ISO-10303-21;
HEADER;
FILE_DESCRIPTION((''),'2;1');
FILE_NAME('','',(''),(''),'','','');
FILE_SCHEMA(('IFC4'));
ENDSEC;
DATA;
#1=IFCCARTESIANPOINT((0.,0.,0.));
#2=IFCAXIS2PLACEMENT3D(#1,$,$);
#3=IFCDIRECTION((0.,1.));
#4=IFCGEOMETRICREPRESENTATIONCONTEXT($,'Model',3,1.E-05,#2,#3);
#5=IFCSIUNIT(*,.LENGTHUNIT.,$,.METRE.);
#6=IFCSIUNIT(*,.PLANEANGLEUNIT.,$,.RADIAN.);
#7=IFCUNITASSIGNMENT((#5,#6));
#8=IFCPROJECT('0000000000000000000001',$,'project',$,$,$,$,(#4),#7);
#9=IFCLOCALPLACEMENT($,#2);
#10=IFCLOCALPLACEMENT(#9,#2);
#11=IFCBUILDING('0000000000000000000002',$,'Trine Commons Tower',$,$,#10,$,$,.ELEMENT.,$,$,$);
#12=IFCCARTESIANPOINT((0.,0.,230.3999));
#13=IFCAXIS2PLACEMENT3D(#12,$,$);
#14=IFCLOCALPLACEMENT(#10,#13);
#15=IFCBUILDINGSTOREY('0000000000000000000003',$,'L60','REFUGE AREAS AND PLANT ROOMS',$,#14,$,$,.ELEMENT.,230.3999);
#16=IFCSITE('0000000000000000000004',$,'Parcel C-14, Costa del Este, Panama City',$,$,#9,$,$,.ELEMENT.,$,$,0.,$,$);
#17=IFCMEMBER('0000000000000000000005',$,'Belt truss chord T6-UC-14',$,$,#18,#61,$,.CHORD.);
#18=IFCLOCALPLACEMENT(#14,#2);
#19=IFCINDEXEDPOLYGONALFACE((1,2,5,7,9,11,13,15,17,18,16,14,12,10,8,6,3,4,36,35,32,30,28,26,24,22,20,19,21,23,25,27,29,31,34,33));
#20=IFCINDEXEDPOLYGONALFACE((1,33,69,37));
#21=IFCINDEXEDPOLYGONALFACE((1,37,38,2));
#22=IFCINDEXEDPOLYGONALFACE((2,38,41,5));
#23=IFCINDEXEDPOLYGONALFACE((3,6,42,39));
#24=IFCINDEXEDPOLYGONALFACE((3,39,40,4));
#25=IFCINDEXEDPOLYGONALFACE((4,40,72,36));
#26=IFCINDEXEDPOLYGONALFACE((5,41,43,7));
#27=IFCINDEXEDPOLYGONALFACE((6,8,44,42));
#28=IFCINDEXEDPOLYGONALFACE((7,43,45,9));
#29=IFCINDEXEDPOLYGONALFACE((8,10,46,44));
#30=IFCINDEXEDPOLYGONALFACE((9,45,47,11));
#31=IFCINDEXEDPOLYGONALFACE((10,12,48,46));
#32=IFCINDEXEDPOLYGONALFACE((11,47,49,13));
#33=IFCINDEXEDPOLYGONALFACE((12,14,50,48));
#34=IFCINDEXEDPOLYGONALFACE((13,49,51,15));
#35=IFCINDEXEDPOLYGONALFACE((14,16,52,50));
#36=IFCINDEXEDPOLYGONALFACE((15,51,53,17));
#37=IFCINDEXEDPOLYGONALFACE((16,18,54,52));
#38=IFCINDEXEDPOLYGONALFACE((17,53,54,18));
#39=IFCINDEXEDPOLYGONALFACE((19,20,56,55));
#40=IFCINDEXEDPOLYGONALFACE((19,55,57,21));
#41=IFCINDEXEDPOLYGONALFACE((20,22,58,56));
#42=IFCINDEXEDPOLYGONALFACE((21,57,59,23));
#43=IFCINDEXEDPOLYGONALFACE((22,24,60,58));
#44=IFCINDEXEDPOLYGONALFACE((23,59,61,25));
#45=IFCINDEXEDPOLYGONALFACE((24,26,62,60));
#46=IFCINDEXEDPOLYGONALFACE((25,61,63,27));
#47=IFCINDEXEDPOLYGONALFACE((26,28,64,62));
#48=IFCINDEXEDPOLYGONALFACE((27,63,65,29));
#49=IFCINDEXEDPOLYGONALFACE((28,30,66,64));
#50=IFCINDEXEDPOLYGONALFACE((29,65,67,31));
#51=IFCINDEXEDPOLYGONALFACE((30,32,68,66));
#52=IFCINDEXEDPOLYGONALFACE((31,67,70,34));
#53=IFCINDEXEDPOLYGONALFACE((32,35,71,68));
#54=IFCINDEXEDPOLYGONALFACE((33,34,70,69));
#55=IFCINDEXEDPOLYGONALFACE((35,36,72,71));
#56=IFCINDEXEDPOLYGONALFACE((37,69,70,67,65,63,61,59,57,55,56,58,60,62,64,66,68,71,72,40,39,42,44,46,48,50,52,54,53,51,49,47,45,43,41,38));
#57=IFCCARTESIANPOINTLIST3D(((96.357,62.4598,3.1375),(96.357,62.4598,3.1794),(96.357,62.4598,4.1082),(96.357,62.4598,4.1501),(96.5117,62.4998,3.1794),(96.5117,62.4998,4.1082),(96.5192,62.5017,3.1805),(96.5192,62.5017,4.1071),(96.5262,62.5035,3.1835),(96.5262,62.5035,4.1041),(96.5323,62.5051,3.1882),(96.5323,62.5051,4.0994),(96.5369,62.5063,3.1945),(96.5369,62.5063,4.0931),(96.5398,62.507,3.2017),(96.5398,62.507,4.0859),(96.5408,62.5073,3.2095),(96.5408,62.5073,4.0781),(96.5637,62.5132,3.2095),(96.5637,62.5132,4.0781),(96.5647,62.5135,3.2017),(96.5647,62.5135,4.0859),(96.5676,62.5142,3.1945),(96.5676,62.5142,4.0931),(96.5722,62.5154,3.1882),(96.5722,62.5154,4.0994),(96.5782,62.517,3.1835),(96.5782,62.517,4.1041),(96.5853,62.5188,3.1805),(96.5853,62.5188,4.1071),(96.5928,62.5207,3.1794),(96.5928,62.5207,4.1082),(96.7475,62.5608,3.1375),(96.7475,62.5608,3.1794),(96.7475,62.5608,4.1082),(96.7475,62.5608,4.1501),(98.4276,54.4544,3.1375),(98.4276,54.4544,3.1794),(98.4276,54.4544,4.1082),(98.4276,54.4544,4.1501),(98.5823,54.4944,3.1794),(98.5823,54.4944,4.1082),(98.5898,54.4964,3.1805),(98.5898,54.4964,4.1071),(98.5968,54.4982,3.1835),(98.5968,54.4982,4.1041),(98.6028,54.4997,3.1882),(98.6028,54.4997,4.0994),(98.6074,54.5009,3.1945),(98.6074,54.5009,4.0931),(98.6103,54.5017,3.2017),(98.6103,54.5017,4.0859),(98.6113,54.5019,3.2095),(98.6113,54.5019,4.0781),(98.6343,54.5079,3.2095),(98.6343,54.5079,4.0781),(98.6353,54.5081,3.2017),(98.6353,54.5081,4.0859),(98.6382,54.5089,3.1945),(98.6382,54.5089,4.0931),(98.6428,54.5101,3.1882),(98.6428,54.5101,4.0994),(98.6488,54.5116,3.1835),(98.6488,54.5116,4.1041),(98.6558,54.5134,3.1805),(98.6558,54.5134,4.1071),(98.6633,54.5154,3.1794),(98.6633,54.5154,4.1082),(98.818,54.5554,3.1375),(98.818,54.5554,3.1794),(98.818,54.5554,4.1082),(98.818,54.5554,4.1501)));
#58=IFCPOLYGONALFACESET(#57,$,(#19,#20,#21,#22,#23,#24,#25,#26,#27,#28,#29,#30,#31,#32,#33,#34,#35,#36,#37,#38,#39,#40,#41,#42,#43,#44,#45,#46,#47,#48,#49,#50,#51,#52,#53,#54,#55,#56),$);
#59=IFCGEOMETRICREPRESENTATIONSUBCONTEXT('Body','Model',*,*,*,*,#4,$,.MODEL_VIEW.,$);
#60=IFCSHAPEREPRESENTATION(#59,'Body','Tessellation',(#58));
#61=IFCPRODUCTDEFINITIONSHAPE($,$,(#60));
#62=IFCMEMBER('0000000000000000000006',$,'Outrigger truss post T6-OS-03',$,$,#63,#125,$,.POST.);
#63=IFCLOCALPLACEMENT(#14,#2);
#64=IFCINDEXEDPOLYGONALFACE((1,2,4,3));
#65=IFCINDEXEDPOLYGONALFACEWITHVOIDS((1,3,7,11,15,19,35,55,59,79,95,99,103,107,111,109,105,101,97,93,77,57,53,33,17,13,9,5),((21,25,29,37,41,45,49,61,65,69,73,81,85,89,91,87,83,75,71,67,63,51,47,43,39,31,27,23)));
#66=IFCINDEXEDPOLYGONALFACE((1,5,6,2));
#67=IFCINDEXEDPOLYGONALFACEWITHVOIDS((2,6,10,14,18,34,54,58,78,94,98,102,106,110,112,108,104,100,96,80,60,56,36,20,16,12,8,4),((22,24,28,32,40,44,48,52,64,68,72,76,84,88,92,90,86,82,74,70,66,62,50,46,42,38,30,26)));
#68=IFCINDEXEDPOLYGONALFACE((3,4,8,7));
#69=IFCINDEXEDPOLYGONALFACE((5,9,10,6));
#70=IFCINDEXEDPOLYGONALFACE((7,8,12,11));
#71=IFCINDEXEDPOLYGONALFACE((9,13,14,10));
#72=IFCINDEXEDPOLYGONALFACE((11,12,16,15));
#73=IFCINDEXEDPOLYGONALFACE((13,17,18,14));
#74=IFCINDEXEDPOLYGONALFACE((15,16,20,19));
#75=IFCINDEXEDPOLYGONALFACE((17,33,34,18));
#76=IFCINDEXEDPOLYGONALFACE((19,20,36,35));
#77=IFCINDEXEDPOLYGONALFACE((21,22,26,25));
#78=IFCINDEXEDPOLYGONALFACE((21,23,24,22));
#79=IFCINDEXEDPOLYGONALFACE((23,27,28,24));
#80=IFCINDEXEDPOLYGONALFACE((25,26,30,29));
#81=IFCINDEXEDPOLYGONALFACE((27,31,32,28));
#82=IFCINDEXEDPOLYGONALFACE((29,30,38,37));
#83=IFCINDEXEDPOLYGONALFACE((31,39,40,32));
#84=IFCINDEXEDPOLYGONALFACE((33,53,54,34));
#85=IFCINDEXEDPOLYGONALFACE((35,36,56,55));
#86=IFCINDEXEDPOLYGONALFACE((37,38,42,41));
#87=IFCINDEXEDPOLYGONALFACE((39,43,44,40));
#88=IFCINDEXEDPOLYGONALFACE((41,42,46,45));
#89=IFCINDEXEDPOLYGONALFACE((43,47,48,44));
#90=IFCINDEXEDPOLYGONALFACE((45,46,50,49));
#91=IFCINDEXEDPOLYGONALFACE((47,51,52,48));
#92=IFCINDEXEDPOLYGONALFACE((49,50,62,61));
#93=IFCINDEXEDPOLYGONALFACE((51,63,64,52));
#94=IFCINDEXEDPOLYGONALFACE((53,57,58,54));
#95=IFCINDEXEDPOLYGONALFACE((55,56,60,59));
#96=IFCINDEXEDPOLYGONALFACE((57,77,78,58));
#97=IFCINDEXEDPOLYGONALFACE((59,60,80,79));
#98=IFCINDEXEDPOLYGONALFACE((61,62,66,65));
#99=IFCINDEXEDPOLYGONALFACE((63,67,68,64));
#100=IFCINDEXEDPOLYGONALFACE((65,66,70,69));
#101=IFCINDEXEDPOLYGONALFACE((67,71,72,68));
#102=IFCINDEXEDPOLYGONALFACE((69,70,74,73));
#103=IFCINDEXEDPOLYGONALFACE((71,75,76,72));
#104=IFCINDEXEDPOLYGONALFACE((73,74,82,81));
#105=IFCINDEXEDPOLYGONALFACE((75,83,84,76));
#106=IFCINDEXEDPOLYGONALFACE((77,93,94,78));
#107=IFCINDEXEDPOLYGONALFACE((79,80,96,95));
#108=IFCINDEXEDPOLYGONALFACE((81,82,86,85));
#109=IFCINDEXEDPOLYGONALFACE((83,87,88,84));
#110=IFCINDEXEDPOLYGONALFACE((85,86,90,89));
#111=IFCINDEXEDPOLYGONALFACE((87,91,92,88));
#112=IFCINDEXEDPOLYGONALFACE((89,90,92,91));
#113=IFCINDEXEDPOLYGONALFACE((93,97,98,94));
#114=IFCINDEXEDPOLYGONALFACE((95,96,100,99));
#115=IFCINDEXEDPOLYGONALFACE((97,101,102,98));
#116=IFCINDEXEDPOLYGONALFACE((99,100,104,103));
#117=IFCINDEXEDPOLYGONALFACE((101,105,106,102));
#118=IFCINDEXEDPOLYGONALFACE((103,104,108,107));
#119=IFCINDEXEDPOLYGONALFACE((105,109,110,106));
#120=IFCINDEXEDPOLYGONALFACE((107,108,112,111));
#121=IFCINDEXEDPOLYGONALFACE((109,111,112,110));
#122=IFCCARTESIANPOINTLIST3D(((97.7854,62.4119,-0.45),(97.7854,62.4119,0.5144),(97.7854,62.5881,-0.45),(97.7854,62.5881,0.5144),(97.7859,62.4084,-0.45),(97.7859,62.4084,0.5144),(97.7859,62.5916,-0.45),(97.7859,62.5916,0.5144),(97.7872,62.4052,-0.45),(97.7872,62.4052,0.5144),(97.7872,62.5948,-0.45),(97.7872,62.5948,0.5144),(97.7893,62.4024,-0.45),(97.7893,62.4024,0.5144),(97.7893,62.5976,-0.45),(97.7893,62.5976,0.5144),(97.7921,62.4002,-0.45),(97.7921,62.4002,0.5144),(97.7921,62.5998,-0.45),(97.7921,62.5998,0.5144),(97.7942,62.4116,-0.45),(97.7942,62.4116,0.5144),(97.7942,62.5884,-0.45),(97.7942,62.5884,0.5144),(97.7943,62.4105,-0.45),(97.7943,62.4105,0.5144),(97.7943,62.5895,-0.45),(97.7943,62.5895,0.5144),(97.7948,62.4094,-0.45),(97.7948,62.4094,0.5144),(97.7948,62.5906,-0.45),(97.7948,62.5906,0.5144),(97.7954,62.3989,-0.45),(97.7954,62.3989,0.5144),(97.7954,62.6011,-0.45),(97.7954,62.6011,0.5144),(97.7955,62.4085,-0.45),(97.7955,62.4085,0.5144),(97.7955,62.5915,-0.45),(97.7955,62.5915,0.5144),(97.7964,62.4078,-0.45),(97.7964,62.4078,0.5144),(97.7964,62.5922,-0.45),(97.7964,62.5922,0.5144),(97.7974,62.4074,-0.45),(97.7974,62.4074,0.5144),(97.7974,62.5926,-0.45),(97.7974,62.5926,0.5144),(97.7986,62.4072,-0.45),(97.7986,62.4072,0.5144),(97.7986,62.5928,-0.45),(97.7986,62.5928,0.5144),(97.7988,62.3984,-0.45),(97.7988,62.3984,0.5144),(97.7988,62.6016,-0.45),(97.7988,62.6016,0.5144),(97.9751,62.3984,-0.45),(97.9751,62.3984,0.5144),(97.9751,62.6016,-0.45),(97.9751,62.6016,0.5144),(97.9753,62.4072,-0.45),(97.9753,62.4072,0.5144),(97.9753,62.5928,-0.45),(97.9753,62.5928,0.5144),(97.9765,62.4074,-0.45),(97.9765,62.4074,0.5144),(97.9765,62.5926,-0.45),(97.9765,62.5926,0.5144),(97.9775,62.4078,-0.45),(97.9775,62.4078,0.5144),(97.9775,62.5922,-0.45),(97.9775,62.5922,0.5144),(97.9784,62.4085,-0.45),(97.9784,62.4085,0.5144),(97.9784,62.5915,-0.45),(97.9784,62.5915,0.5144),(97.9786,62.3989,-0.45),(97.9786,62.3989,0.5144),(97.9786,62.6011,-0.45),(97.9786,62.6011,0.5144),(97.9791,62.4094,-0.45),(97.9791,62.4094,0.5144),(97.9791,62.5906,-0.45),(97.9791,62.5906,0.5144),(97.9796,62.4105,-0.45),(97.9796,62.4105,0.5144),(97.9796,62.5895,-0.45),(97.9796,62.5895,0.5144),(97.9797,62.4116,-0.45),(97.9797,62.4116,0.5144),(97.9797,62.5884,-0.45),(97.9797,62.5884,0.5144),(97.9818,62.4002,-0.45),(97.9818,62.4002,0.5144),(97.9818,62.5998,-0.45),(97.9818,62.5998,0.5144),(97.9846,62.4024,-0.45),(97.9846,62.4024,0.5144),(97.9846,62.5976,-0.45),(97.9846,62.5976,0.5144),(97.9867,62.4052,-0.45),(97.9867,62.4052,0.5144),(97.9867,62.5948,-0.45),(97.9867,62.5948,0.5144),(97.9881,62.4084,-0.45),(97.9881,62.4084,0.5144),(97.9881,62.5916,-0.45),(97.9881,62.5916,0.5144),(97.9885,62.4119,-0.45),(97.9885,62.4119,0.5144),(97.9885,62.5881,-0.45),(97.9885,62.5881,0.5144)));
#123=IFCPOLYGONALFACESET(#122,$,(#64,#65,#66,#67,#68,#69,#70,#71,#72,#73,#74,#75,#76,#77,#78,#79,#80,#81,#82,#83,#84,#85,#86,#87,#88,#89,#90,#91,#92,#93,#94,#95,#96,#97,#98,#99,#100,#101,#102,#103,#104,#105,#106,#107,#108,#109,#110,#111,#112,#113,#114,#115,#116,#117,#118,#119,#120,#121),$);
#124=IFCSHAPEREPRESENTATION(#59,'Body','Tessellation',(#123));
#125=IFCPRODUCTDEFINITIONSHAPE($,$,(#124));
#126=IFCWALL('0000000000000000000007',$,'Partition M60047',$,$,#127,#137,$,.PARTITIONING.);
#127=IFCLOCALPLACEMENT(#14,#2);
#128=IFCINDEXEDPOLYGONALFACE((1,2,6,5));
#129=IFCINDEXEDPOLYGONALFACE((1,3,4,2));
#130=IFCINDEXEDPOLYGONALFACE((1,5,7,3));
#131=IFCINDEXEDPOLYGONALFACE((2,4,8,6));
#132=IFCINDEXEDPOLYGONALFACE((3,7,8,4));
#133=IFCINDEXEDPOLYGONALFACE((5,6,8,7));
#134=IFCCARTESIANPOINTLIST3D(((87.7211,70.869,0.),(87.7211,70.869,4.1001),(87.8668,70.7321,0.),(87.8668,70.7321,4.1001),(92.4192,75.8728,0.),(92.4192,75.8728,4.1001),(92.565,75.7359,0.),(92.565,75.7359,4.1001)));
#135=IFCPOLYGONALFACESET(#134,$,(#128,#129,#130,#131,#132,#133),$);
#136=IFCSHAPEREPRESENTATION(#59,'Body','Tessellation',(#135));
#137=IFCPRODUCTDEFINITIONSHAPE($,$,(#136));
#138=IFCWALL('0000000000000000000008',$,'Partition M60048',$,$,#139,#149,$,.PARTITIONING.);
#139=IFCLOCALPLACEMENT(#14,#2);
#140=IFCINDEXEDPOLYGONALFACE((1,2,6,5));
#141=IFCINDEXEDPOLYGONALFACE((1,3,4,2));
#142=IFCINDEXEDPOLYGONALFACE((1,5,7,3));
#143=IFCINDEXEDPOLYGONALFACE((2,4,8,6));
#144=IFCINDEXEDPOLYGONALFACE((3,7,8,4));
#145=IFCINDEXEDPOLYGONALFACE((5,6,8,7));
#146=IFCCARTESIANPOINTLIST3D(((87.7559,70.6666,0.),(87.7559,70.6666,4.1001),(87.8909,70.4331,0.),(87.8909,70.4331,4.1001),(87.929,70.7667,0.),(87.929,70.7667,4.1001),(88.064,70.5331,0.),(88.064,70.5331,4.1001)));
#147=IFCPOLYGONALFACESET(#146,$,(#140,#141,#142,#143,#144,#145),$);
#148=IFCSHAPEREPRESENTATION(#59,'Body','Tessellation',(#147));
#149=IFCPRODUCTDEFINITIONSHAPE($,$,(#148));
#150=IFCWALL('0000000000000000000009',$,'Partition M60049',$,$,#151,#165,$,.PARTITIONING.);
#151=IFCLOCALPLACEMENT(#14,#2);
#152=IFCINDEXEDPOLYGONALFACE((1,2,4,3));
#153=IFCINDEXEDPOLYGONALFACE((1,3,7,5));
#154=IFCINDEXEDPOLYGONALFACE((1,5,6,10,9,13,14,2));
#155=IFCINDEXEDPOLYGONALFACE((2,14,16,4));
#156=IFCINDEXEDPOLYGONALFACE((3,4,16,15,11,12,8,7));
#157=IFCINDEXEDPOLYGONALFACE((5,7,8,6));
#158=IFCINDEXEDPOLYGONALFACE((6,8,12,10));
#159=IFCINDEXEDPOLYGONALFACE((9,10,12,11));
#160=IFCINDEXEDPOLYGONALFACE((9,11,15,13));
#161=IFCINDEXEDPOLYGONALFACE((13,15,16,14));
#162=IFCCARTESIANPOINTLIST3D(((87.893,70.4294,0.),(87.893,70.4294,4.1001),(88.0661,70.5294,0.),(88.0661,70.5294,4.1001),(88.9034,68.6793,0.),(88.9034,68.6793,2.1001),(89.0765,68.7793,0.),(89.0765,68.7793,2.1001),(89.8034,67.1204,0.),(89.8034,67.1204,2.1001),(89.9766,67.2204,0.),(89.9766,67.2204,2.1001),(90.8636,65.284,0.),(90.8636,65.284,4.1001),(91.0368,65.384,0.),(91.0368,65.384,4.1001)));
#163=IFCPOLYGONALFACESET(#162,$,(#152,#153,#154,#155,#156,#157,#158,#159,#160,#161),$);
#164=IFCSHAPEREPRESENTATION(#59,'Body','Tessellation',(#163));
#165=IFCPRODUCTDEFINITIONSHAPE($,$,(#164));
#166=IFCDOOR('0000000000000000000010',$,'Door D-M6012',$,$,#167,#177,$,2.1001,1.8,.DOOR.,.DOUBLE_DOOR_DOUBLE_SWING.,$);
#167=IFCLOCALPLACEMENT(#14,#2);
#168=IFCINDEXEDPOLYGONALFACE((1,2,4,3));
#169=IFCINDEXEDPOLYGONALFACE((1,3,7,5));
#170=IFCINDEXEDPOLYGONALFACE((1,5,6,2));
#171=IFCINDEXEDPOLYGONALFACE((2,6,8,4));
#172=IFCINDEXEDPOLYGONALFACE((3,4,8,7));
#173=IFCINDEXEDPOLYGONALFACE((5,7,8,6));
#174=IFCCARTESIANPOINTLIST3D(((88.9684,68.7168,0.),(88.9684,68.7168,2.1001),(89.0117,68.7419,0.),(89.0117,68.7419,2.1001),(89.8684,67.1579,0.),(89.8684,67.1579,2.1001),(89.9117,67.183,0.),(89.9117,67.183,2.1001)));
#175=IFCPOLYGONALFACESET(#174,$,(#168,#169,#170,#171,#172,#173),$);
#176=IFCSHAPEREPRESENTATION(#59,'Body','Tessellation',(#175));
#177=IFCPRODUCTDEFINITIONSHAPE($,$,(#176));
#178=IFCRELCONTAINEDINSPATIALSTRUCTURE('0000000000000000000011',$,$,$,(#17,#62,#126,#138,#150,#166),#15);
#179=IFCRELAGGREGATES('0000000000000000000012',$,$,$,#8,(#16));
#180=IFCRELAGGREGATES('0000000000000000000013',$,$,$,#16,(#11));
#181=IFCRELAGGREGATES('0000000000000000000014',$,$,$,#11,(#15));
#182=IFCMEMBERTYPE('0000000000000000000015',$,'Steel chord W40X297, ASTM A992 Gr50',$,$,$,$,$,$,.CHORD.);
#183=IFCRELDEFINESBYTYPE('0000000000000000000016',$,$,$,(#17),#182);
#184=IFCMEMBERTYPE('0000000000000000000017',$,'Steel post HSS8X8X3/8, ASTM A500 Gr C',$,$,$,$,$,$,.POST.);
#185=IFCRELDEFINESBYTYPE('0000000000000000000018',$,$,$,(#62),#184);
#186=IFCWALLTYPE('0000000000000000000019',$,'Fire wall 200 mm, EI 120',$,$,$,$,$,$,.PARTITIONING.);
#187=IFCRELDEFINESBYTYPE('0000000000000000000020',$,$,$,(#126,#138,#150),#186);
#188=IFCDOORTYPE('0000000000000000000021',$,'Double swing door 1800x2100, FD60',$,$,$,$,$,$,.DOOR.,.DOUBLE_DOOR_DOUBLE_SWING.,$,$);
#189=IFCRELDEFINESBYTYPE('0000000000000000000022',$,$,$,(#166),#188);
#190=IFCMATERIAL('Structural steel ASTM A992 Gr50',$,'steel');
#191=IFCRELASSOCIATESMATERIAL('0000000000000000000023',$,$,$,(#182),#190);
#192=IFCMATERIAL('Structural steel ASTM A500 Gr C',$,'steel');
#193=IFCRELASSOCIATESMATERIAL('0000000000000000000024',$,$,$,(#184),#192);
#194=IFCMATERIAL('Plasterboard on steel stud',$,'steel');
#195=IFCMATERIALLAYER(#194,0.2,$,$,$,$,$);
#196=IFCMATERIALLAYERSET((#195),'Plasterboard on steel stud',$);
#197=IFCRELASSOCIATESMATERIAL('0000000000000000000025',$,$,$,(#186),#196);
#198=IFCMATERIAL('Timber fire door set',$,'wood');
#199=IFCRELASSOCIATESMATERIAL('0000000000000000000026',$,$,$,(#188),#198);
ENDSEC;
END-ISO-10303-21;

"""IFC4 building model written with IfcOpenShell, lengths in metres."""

from ifc_helpers import new_model, si_unit, direction, frame, frame_2d, origin, origin_2d, place, context, subcontext, project, spatial, rectangle, hollow_rectangle, i_section, extrude, material, layer, layer_set, material_profile, profile_set, type_object, element, fill, save


model = new_model("IFC4")

# Units and contexts
model_context = context("Model", 3, precision=1e-05, world=origin(), true_north=direction((0.0, 1.0)))
body_context = subcontext(model_context, "Body", "Model", "MODEL_VIEW")
ifc_project = project(units=[si_unit("LENGTHUNIT", "METRE"), si_unit("PLANEANGLEUNIT", "RADIAN")], contexts=[model_context])

# Site, building, storey
site_placement = place(None, origin())
site = spatial("IfcSite", under=ifc_project, at=site_placement, Name="Parcel C-14, Costa del Este, Panama City", CompositionType="ELEMENT", RefElevation=0.0)
building_placement = place(site_placement, origin())
building = spatial("IfcBuilding", under=site, at=building_placement, Name="Trine Commons Tower", CompositionType="ELEMENT")
storey_placement = place(building_placement, frame((0.0, 0.0, 230.3999)))
storey = spatial("IfcBuildingStorey", under=building, at=storey_placement, Name="L60", Description="REFUGE AREAS AND PLANT ROOMS", CompositionType="ELEMENT", Elevation=230.3999)

# Members
ifc_material_1 = material(Name="Structural steel ASTM A992 Gr50", Category="steel")
ifc_material_profile_1 = material_profile(ifc_material_1, i_section(OverallWidth=0.4033, OverallDepth=1.0127, WebThickness=0.0237, FlangeThickness=0.042, FilletRadius=0.03, at=origin_2d()), Name="W40X297")
ifc_profile_set_1 = profile_set([ifc_material_profile_1], Name="Structural steel ASTM A992 Gr50")
member_type_1 = type_object("IfcMemberType", Name="Steel chord W40X297, ASTM A992 Gr50", PredefinedType="CHORD", material=ifc_profile_set_1)
for number, where, z_axis, x_axis, name in (
    (1, (96.5522, 62.5103, 3.6438), (0.250406, -0.968141, 0.0), (0.968141, 0.250406, 0.0), "Belt truss chord T6-UC-14"),
):
    element("IfcMember", number, at=place(storey_placement, frame(where, z_axis=z_axis, x_axis=x_axis)), inside=storey, type_object=member_type_1, Name=name, PredefinedType="CHORD", context=body_context, shape_type="SweptSolid", body=[
        extrude(i_section(OverallWidth=0.4033, OverallDepth=1.0127, WebThickness=0.0237, FlangeThickness=0.042, FilletRadius=0.03, at=origin_2d()), origin(), (0.0, 0.0, 1.0), 8.2688),
    ])
ifc_material_2 = material(Name="Structural steel ASTM A500 Gr C", Category="steel")
ifc_material_profile_2 = material_profile(ifc_material_2, hollow_rectangle(XDim=0.2031, YDim=0.2031, WallThickness=0.0088, InnerFilletRadius=0.0044, OuterFilletRadius=0.0134, at=origin_2d()), Name="HSS8X8X3/8")
ifc_profile_set_2 = profile_set([ifc_material_profile_2], Name="Structural steel ASTM A500 Gr C")
member_type_2 = type_object("IfcMemberType", Name="Steel post HSS8X8X3/8, ASTM A500 Gr C", PredefinedType="POST", material=ifc_profile_set_2)
member_1_placement = place(storey_placement, frame((97.887, 62.5, -0.45), z_axis=(0.0, 0.0, 1.0), x_axis=(1.0, 0.0, 0.0)))
element("IfcMember", 2, at=member_1_placement, inside=storey, type_object=member_type_2, Name="Outrigger truss post T6-OS-03", PredefinedType="POST", context=body_context, shape_type="SweptSolid", body=[
    extrude(hollow_rectangle(XDim=0.2031, YDim=0.2031, WallThickness=0.0088, InnerFilletRadius=0.0044, OuterFilletRadius=0.0134, at=origin_2d()), origin(), (0.0, 0.0, 1.0), 0.9644),
])

# Walls
ifc_material_3 = material(Name="Plasterboard on steel stud", Category="steel")
ifc_layer_1 = layer(ifc_material_3, 0.2)
ifc_layer_set_1 = layer_set([ifc_layer_1], Name="Plasterboard on steel stud")
wall_type_1 = type_object("IfcWallType", Name="Fire wall 200 mm, EI 120", PredefinedType="PARTITIONING", material=ifc_layer_set_1)
wall_1_placement = place(storey_placement, frame((87.7939, 70.8005, 0.0), z_axis=(0.0, 0.0, 1.0), x_axis=(0.68449, 0.729022, 0.0)))
element("IfcWall", 3, at=wall_1_placement, inside=storey, type_object=wall_type_1, Name="Partition M60047", PredefinedType="PARTITIONING", context=body_context, shape_type="SweptSolid", body=[
    extrude(rectangle(XDim=6.8638, YDim=0.2, at=frame_2d((3.4319, 0.0))), origin(), (0.0, 0.0, 1.0), 4.1001),
])
wall_2_placement = place(storey_placement, frame((87.8425, 70.7166, 0.0), z_axis=(0.0, 0.0, 1.0), x_axis=(0.500323, -0.865839, 0.0)))
element("IfcWall", 4, at=wall_2_placement, inside=storey, type_object=wall_type_1, Name="Partition M60048", PredefinedType="PARTITIONING", context=body_context, shape_type="SweptSolid", body=[
    extrude(rectangle(XDim=0.2698, YDim=0.2, at=frame_2d((0.1348, 0.0))), origin(), (0.0, 0.0, 1.0), 4.1001),
])

# Wall, opening, door
wall_3_placement = place(storey_placement, frame((90.9502, 65.334, 0.0), z_axis=(0.0, 0.0, 1.0), x_axis=(-0.499993, 0.86603, 0.0)))
wall_3 = element("IfcWall", 5, at=wall_3_placement, inside=storey, type_object=wall_type_1, Name="Partition M60049", PredefinedType="PARTITIONING", context=body_context, shape_type="SweptSolid", body=[
    extrude(rectangle(XDim=5.9414, YDim=0.2, at=frame_2d((2.9707, 0.0))), origin(), (0.0, 0.0, 1.0), 4.1001),
])
opening_1_placement = place(wall_3_placement, frame((2.1206, 0.0, 0.0)))
opening_1 = element("IfcOpeningElement", 6, at=opening_1_placement, cuts=wall_3, PredefinedType="OPENING", context=body_context, shape_type="SweptSolid", body=[
    extrude(rectangle(XDim=1.8, YDim=2.1001, at=frame_2d((0.8999, 1.05))), frame((0.0, 0.1099, 0.0), z_axis=(0.0, -1.0, 0.0), x_axis=(1.0, 0.0, 0.0)), (0.0, 0.0, 1.0), 0.22),
])
ifc_material_4 = material(Name="Timber fire door set", Category="wood")
door_type_1 = type_object("IfcDoorType", Name="Double swing door 1800x2100, FD60", OperationType="DOUBLE_DOOR_DOUBLE_SWING", PredefinedType="DOOR", material=ifc_material_4)
door_1_placement = place(opening_1_placement, origin())
door_1 = element("IfcDoor", 7, at=door_1_placement, inside=storey, type_object=door_type_1, Name="Door D-M6012", OperationType="DOUBLE_DOOR_DOUBLE_SWING", OverallHeight=2.1001, OverallWidth=1.8, PredefinedType="DOOR", context=body_context, shape_type="SweptSolid", body=[
    extrude(rectangle(XDim=1.8, YDim=2.1001, at=frame_2d((0.8999, 1.05))), frame((0.0, 0.0249, 0.0), z_axis=(0.0, -1.0, 0.0), x_axis=(1.0, 0.0, 0.0)), (0.0, 0.0, 1.0), 0.05),
])
fill(opening_1, door_1)

save(model, "model.ifc")
